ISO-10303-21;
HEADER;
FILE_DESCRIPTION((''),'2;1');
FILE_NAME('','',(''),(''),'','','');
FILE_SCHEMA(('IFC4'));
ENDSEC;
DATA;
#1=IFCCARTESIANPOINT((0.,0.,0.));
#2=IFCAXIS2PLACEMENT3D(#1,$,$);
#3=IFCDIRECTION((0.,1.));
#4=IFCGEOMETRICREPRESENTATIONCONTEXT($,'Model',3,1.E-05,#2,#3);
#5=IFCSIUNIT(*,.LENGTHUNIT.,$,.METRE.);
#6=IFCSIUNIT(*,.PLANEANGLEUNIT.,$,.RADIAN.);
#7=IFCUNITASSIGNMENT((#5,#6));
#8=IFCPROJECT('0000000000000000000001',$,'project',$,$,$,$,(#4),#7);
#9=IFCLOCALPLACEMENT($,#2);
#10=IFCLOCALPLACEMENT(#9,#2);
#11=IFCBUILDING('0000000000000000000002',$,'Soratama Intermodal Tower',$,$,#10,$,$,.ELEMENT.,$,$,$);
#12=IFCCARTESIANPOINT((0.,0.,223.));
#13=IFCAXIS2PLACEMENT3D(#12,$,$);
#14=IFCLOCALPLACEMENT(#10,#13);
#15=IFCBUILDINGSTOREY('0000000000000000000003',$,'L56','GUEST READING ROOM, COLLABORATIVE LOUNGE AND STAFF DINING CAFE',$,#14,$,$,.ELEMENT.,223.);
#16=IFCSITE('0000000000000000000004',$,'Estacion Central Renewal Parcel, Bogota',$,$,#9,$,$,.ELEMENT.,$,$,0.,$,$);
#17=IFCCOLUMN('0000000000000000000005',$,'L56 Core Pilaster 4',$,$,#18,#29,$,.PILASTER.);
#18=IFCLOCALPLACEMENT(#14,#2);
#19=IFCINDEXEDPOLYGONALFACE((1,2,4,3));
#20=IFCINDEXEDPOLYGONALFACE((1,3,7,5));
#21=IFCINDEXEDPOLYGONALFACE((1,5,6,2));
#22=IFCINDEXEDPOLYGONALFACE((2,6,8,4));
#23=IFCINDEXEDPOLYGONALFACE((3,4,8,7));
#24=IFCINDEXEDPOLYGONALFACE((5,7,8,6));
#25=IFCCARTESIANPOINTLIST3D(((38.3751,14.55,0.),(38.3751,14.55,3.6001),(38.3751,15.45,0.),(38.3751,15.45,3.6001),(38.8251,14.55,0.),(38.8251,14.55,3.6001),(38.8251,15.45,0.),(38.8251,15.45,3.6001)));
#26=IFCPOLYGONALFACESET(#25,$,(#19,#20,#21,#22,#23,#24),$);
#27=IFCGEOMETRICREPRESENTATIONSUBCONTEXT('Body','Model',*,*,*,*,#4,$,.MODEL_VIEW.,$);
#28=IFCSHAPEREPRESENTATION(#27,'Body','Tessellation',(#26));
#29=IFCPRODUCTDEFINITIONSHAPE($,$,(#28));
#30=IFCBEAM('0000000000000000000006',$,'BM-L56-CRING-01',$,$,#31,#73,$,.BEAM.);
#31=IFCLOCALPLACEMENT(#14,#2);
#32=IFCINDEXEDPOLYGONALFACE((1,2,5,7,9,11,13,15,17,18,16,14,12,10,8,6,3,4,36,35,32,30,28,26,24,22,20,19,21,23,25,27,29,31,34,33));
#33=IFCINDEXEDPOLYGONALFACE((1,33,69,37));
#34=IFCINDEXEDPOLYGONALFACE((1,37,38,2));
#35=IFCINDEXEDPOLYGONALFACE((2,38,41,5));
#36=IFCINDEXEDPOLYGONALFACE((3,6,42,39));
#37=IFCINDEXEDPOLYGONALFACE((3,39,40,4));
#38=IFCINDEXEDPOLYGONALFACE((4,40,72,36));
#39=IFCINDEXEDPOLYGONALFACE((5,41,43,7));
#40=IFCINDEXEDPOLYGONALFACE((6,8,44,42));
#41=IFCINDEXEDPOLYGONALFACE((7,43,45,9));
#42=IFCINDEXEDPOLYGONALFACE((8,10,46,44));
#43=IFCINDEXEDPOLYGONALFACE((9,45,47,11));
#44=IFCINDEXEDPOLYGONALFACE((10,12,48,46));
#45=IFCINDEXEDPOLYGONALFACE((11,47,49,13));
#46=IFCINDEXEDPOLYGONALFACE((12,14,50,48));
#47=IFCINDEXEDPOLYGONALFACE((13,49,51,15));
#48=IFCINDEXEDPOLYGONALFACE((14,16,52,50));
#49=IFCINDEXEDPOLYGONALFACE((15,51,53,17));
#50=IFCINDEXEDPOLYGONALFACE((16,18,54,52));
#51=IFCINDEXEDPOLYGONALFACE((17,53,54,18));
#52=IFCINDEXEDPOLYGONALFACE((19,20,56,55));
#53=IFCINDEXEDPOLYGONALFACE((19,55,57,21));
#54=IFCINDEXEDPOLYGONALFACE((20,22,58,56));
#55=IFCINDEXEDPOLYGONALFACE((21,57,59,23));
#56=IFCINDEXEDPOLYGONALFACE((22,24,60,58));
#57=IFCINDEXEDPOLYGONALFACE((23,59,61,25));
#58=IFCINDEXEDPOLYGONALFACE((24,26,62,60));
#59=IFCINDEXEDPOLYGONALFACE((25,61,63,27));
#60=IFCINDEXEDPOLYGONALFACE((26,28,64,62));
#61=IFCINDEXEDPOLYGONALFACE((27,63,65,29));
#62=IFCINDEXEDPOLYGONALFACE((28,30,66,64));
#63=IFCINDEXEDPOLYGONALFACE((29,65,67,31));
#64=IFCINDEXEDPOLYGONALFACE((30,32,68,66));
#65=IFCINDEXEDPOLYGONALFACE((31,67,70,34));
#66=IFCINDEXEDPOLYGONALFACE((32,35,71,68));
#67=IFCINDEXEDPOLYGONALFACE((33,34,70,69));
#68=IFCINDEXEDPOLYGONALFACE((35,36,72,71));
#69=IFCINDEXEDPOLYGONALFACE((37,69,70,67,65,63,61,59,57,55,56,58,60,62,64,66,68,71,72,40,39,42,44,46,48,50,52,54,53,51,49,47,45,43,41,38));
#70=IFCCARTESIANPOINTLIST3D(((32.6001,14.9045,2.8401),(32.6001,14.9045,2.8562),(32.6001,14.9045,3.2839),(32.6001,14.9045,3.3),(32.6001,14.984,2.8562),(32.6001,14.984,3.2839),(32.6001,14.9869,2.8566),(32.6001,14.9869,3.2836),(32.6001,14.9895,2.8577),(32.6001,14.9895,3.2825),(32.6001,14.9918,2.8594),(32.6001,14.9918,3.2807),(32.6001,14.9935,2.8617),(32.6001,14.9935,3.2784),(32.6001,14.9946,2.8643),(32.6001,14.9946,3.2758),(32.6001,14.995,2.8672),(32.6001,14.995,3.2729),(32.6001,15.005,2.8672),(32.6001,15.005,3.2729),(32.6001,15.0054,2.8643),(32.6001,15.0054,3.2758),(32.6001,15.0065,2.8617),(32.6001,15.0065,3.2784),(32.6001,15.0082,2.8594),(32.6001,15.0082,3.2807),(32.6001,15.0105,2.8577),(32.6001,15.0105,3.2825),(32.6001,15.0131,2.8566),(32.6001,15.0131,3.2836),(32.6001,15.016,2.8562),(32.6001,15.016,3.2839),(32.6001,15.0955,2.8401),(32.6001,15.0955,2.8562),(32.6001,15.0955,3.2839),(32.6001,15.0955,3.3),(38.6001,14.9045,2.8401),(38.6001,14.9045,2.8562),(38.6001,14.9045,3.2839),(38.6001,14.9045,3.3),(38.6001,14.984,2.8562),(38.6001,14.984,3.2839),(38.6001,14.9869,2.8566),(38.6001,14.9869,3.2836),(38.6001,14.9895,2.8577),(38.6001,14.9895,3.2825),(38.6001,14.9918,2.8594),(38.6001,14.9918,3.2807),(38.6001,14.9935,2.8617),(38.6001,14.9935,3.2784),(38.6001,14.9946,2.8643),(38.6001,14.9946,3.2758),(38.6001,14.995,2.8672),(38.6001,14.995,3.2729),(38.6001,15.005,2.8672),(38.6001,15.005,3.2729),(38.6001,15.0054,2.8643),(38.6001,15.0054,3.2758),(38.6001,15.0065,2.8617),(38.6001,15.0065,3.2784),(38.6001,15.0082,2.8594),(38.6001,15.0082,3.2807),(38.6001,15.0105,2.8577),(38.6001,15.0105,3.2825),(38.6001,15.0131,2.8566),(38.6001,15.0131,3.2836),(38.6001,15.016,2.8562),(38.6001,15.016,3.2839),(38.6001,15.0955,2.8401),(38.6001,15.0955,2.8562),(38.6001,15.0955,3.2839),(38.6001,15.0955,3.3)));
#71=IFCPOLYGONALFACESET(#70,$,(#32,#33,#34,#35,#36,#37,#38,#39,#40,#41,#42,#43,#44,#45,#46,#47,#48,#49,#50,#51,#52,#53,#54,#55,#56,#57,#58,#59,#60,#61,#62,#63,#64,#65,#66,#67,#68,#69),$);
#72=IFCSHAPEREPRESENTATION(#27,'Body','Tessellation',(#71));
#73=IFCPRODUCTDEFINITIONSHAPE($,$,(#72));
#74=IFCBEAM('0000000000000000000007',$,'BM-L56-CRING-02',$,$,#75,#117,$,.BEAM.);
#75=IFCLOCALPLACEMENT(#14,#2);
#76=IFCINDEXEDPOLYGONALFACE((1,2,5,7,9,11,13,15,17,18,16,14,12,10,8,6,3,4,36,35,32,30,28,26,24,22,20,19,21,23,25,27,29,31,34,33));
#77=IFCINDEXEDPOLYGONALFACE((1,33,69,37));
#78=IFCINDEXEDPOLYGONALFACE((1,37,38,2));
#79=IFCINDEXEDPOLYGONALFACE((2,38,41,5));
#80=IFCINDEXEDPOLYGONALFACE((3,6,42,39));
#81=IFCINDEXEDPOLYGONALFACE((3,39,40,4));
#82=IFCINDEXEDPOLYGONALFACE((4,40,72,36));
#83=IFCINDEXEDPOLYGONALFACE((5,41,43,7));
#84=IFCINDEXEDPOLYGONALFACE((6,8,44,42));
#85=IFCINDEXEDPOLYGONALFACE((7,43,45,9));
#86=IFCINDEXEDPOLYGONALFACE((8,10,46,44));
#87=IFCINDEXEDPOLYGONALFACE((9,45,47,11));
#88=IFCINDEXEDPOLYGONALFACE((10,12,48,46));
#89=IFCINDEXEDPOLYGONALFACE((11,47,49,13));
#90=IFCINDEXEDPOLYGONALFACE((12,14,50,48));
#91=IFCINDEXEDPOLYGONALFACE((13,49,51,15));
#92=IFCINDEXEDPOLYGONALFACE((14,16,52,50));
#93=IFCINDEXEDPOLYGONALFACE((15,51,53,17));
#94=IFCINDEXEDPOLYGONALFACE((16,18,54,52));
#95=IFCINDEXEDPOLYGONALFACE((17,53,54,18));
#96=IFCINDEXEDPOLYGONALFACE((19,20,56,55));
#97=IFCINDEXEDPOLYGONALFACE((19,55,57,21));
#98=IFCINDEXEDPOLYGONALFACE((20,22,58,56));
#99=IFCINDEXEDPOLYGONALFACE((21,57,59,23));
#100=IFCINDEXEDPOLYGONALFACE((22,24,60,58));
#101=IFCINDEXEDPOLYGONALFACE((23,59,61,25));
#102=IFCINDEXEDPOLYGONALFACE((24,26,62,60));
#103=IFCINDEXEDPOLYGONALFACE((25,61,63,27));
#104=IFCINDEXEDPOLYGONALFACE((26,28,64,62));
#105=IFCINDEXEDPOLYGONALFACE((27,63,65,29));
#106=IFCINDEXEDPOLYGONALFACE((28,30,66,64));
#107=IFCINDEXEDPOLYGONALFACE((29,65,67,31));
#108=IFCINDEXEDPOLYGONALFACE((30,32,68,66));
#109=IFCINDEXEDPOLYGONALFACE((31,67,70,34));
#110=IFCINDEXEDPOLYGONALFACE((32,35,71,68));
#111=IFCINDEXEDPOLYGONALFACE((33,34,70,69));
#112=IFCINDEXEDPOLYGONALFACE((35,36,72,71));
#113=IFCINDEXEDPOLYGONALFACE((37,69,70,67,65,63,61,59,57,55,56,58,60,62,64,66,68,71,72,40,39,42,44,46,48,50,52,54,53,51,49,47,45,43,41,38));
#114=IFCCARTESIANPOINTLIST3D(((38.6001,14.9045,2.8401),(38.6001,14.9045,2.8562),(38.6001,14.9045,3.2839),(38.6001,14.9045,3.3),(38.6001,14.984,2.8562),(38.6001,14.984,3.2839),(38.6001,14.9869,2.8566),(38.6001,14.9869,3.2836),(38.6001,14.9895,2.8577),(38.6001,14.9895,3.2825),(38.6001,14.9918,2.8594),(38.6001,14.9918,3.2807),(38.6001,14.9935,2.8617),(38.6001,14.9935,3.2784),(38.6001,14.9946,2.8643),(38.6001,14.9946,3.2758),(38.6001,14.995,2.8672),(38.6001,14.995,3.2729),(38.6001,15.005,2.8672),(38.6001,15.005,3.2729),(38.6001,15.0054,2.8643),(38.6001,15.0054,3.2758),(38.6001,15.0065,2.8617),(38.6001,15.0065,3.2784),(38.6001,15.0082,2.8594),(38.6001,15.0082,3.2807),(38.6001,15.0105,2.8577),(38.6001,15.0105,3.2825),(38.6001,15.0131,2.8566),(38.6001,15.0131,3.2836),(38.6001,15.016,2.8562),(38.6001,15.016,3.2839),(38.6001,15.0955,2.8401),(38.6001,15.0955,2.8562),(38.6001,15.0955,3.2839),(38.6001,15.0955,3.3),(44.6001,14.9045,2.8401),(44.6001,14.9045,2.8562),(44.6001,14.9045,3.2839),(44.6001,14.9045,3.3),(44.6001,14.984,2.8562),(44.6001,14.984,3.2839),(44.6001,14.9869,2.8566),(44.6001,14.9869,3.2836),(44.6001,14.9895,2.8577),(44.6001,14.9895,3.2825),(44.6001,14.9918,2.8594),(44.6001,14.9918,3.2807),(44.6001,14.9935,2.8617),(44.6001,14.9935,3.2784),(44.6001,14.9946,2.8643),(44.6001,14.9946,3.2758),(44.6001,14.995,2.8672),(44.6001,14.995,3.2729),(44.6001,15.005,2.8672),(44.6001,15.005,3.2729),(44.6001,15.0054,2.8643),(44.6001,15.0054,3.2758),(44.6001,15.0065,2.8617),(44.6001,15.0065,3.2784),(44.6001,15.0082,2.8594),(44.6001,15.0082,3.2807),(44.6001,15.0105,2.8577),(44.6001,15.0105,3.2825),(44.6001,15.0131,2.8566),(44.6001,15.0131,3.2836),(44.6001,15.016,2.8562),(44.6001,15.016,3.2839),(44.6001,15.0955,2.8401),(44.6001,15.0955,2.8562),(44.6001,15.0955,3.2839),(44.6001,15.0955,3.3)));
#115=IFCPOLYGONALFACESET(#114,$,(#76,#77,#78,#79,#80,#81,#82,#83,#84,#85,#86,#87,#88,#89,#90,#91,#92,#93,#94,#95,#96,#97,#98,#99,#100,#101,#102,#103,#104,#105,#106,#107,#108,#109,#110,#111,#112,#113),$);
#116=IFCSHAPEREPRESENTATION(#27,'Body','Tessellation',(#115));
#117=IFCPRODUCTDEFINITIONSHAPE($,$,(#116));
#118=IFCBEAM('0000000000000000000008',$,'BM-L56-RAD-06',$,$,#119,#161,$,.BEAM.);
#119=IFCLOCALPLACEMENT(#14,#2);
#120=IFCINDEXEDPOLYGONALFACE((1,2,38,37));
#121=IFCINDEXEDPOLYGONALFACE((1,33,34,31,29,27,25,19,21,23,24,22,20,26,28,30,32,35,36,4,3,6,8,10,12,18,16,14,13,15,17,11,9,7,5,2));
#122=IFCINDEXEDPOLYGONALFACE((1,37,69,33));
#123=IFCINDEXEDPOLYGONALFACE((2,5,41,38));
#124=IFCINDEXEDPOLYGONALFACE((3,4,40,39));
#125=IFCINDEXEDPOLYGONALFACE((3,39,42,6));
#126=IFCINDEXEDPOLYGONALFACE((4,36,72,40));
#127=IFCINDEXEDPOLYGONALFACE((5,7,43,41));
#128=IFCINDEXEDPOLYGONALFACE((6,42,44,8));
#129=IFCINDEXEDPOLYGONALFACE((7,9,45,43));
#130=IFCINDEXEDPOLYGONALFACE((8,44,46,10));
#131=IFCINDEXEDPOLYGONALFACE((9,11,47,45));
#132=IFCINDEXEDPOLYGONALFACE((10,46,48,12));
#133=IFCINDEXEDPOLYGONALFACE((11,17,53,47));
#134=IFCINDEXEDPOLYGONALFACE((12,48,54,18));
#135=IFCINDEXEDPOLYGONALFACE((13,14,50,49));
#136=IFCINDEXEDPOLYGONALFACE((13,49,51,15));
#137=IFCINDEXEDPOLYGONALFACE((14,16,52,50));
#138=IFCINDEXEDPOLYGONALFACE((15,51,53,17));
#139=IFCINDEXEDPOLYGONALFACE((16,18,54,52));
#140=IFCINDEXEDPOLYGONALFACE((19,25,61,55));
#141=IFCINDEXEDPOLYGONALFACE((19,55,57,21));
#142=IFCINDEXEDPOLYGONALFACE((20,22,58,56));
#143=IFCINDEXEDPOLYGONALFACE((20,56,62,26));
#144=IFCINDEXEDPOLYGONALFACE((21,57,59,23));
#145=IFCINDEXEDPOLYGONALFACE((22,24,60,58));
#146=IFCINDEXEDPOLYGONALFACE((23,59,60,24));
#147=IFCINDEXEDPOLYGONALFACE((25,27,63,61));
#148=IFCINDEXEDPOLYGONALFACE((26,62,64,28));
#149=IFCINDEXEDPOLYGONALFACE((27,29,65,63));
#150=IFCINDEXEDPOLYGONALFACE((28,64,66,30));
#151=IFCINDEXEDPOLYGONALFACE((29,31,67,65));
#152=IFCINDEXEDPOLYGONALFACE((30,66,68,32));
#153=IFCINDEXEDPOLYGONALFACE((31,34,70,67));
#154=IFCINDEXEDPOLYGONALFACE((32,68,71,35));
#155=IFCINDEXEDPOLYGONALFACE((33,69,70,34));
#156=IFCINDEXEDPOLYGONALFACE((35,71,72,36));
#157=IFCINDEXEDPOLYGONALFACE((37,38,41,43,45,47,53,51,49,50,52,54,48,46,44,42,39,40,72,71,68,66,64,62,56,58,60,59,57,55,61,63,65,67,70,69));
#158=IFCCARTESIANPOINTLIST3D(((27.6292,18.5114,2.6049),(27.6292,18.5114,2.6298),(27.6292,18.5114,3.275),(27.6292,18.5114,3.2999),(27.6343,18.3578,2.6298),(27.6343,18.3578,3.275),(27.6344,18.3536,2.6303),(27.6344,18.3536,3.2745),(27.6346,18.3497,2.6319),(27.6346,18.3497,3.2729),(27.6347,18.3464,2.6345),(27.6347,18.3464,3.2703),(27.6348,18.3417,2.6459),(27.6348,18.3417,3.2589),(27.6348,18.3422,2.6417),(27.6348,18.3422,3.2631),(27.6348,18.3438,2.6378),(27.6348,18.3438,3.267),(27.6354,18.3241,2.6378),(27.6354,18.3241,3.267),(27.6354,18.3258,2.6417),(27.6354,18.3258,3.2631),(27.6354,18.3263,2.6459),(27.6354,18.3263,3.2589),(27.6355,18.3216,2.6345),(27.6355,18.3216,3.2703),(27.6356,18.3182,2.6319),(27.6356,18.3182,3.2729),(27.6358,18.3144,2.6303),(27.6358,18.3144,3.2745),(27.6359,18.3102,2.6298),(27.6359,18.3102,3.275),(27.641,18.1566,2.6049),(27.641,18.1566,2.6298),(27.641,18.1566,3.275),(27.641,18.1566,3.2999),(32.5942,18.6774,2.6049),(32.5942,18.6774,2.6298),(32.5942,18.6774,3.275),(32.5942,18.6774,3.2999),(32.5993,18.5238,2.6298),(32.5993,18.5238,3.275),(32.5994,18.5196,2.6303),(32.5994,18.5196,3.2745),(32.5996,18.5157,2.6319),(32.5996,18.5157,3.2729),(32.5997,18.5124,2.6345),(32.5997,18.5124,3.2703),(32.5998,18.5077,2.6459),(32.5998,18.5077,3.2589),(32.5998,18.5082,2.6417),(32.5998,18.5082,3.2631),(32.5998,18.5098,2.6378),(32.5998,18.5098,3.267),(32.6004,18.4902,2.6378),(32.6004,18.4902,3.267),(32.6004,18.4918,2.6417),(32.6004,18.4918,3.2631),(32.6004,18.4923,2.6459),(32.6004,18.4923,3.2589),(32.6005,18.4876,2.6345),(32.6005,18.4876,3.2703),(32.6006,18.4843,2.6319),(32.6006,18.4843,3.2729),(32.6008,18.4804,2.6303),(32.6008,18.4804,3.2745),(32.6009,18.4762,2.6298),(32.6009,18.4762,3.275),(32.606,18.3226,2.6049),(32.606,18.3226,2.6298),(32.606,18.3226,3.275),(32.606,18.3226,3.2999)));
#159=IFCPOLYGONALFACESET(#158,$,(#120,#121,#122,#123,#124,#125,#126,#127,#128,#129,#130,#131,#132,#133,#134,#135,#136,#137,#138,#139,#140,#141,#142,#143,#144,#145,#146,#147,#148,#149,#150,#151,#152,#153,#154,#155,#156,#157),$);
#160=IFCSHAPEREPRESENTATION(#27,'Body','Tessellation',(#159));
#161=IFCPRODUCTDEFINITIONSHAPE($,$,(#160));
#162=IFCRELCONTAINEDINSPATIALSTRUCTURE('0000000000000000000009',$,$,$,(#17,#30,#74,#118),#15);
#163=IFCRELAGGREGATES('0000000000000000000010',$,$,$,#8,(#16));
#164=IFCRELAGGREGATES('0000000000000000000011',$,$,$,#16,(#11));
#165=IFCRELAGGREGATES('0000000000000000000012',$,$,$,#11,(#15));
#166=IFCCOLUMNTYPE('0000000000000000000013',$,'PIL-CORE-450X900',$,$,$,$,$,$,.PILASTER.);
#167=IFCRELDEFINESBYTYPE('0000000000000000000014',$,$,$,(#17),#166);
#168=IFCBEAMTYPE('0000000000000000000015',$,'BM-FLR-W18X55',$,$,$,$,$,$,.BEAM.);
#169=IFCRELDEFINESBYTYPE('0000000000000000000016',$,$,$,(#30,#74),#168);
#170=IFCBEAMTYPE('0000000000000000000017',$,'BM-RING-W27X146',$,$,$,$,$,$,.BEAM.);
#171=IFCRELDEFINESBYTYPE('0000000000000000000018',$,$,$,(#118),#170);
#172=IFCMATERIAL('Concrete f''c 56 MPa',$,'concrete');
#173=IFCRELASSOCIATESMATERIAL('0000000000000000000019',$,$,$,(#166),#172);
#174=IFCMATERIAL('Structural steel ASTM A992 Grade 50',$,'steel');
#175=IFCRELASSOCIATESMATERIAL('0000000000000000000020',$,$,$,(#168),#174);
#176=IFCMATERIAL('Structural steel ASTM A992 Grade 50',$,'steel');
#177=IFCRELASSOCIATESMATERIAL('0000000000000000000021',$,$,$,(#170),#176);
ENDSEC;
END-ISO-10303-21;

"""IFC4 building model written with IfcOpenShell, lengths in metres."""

from ifc_helpers import new_model, si_unit, direction, frame, origin, origin_2d, place, context, subcontext, project, spatial, rectangle, i_section, extrude, material, material_profile, profile_set, type_object, element, save


model = new_model("IFC4")

# Units and contexts
model_context = context("Model", 3, precision=1e-05, world=origin(), true_north=direction((0.0, 1.0)))
body_context = subcontext(model_context, "Body", "Model", "MODEL_VIEW")
ifc_project = project(units=[si_unit("LENGTHUNIT", "METRE"), si_unit("PLANEANGLEUNIT", "RADIAN")], contexts=[model_context])

# Site, building, storey
site_placement = place(None, origin())
site = spatial("IfcSite", under=ifc_project, at=site_placement, Name="Estacion Central Renewal Parcel, Bogota", CompositionType="ELEMENT", RefElevation=0.0)
building_placement = place(site_placement, origin())
building = spatial("IfcBuilding", under=site, at=building_placement, Name="Soratama Intermodal Tower", CompositionType="ELEMENT")
storey_placement = place(building_placement, frame((0.0, 0.0, 223.0)))
storey = spatial("IfcBuildingStorey", under=building, at=storey_placement, Name="L56", Description="GUEST READING ROOM, COLLABORATIVE LOUNGE AND STAFF DINING CAFE", CompositionType="ELEMENT", Elevation=223.0)

# Column
ifc_material_1 = material(Name="Concrete f'c 56 MPa", Category="concrete")
ifc_material_profile_1 = material_profile(ifc_material_1, rectangle(XDim=0.45, YDim=0.8999, at=origin_2d()), Name="RC450X900")
ifc_profile_set_1 = profile_set([ifc_material_profile_1], Name="Concrete f'c 56 MPa")
column_type = type_object("IfcColumnType", Name="PIL-CORE-450X900", PredefinedType="PILASTER", material=ifc_profile_set_1)
column_placement = place(storey_placement, frame((38.6001, 15.0, 0.0), z_axis=(0.0, 0.0, 1.0), x_axis=(1.0, 0.0, 0.0)))
element("IfcColumn", 1, at=column_placement, inside=storey, type_object=column_type, Name="L56 Core Pilaster 4", PredefinedType="PILASTER", context=body_context, shape_type="SweptSolid", body=[
    extrude(rectangle(XDim=0.45, YDim=0.8999, at=origin_2d()), origin(), (0.0, 0.0, 1.0), 3.6001),
])

# Beams
ifc_material_2 = material(Name="Structural steel ASTM A992 Grade 50", Category="steel")
ifc_material_profile_2 = material_profile(ifc_material_2, i_section(OverallWidth=0.1909, OverallDepth=0.46, WebThickness=0.01, FlangeThickness=0.0161, FilletRadius=0.011, at=origin_2d()), Name="W18X55")
ifc_profile_set_2 = profile_set([ifc_material_profile_2], Name="Structural steel ASTM A992 Grade 50")
beam_type_1 = type_object("IfcBeamType", Name="BM-FLR-W18X55", PredefinedType="BEAM", material=ifc_profile_set_2)
for number, where, z_axis, x_axis, name in (
    (2, (32.6001, 15.0, 3.0701), (1.0, 0.0, 0.0), (0.0, 1.0, 0.0), "BM-L56-CRING-01"),
    (3, (38.6001, 15.0, 3.0701), (1.0, 0.0, 0.0), (0.0, 1.0, 0.0), "BM-L56-CRING-02"),
):
    element("IfcBeam", number, at=place(storey_placement, frame(where, z_axis=z_axis, x_axis=x_axis)), inside=storey, type_object=beam_type_1, Name=name, PredefinedType="BEAM", context=body_context, shape_type="SweptSolid", body=[
        extrude(i_section(OverallWidth=0.1909, OverallDepth=0.46, WebThickness=0.01, FlangeThickness=0.0161, FilletRadius=0.011, at=origin_2d()), origin(), (0.0, 0.0, 1.0), 6.0),
    ])
ifc_material_3 = material(Name="Structural steel ASTM A992 Grade 50", Category="steel")
ifc_material_profile_3 = material_profile(ifc_material_3, i_section(OverallWidth=0.355, OverallDepth=0.6951, WebThickness=0.0154, FlangeThickness=0.0249, FilletRadius=0.0161, at=origin_2d()), Name="W27X146")
ifc_profile_set_3 = profile_set([ifc_material_profile_3], Name="Structural steel ASTM A992 Grade 50")
beam_type_2 = type_object("IfcBeamType", Name="BM-RING-W27X146", PredefinedType="BEAM", material=ifc_profile_set_3)
beam_1_placement = place(storey_placement, frame((32.6001, 18.5, 2.9524), z_axis=(-0.999441, -0.033418, 0.0), x_axis=(0.033418, -0.999441, 0.0)))
element("IfcBeam", 4, at=beam_1_placement, inside=storey, type_object=beam_type_2, Name="BM-L56-RAD-06", PredefinedType="BEAM", context=body_context, shape_type="SweptSolid", body=[
    extrude(i_section(OverallWidth=0.355, OverallDepth=0.6951, WebThickness=0.0154, FlangeThickness=0.0249, FilletRadius=0.0161, at=origin_2d()), origin(), (0.0, 0.0, 1.0), 4.9678),
])

save(model, "model.ifc")
